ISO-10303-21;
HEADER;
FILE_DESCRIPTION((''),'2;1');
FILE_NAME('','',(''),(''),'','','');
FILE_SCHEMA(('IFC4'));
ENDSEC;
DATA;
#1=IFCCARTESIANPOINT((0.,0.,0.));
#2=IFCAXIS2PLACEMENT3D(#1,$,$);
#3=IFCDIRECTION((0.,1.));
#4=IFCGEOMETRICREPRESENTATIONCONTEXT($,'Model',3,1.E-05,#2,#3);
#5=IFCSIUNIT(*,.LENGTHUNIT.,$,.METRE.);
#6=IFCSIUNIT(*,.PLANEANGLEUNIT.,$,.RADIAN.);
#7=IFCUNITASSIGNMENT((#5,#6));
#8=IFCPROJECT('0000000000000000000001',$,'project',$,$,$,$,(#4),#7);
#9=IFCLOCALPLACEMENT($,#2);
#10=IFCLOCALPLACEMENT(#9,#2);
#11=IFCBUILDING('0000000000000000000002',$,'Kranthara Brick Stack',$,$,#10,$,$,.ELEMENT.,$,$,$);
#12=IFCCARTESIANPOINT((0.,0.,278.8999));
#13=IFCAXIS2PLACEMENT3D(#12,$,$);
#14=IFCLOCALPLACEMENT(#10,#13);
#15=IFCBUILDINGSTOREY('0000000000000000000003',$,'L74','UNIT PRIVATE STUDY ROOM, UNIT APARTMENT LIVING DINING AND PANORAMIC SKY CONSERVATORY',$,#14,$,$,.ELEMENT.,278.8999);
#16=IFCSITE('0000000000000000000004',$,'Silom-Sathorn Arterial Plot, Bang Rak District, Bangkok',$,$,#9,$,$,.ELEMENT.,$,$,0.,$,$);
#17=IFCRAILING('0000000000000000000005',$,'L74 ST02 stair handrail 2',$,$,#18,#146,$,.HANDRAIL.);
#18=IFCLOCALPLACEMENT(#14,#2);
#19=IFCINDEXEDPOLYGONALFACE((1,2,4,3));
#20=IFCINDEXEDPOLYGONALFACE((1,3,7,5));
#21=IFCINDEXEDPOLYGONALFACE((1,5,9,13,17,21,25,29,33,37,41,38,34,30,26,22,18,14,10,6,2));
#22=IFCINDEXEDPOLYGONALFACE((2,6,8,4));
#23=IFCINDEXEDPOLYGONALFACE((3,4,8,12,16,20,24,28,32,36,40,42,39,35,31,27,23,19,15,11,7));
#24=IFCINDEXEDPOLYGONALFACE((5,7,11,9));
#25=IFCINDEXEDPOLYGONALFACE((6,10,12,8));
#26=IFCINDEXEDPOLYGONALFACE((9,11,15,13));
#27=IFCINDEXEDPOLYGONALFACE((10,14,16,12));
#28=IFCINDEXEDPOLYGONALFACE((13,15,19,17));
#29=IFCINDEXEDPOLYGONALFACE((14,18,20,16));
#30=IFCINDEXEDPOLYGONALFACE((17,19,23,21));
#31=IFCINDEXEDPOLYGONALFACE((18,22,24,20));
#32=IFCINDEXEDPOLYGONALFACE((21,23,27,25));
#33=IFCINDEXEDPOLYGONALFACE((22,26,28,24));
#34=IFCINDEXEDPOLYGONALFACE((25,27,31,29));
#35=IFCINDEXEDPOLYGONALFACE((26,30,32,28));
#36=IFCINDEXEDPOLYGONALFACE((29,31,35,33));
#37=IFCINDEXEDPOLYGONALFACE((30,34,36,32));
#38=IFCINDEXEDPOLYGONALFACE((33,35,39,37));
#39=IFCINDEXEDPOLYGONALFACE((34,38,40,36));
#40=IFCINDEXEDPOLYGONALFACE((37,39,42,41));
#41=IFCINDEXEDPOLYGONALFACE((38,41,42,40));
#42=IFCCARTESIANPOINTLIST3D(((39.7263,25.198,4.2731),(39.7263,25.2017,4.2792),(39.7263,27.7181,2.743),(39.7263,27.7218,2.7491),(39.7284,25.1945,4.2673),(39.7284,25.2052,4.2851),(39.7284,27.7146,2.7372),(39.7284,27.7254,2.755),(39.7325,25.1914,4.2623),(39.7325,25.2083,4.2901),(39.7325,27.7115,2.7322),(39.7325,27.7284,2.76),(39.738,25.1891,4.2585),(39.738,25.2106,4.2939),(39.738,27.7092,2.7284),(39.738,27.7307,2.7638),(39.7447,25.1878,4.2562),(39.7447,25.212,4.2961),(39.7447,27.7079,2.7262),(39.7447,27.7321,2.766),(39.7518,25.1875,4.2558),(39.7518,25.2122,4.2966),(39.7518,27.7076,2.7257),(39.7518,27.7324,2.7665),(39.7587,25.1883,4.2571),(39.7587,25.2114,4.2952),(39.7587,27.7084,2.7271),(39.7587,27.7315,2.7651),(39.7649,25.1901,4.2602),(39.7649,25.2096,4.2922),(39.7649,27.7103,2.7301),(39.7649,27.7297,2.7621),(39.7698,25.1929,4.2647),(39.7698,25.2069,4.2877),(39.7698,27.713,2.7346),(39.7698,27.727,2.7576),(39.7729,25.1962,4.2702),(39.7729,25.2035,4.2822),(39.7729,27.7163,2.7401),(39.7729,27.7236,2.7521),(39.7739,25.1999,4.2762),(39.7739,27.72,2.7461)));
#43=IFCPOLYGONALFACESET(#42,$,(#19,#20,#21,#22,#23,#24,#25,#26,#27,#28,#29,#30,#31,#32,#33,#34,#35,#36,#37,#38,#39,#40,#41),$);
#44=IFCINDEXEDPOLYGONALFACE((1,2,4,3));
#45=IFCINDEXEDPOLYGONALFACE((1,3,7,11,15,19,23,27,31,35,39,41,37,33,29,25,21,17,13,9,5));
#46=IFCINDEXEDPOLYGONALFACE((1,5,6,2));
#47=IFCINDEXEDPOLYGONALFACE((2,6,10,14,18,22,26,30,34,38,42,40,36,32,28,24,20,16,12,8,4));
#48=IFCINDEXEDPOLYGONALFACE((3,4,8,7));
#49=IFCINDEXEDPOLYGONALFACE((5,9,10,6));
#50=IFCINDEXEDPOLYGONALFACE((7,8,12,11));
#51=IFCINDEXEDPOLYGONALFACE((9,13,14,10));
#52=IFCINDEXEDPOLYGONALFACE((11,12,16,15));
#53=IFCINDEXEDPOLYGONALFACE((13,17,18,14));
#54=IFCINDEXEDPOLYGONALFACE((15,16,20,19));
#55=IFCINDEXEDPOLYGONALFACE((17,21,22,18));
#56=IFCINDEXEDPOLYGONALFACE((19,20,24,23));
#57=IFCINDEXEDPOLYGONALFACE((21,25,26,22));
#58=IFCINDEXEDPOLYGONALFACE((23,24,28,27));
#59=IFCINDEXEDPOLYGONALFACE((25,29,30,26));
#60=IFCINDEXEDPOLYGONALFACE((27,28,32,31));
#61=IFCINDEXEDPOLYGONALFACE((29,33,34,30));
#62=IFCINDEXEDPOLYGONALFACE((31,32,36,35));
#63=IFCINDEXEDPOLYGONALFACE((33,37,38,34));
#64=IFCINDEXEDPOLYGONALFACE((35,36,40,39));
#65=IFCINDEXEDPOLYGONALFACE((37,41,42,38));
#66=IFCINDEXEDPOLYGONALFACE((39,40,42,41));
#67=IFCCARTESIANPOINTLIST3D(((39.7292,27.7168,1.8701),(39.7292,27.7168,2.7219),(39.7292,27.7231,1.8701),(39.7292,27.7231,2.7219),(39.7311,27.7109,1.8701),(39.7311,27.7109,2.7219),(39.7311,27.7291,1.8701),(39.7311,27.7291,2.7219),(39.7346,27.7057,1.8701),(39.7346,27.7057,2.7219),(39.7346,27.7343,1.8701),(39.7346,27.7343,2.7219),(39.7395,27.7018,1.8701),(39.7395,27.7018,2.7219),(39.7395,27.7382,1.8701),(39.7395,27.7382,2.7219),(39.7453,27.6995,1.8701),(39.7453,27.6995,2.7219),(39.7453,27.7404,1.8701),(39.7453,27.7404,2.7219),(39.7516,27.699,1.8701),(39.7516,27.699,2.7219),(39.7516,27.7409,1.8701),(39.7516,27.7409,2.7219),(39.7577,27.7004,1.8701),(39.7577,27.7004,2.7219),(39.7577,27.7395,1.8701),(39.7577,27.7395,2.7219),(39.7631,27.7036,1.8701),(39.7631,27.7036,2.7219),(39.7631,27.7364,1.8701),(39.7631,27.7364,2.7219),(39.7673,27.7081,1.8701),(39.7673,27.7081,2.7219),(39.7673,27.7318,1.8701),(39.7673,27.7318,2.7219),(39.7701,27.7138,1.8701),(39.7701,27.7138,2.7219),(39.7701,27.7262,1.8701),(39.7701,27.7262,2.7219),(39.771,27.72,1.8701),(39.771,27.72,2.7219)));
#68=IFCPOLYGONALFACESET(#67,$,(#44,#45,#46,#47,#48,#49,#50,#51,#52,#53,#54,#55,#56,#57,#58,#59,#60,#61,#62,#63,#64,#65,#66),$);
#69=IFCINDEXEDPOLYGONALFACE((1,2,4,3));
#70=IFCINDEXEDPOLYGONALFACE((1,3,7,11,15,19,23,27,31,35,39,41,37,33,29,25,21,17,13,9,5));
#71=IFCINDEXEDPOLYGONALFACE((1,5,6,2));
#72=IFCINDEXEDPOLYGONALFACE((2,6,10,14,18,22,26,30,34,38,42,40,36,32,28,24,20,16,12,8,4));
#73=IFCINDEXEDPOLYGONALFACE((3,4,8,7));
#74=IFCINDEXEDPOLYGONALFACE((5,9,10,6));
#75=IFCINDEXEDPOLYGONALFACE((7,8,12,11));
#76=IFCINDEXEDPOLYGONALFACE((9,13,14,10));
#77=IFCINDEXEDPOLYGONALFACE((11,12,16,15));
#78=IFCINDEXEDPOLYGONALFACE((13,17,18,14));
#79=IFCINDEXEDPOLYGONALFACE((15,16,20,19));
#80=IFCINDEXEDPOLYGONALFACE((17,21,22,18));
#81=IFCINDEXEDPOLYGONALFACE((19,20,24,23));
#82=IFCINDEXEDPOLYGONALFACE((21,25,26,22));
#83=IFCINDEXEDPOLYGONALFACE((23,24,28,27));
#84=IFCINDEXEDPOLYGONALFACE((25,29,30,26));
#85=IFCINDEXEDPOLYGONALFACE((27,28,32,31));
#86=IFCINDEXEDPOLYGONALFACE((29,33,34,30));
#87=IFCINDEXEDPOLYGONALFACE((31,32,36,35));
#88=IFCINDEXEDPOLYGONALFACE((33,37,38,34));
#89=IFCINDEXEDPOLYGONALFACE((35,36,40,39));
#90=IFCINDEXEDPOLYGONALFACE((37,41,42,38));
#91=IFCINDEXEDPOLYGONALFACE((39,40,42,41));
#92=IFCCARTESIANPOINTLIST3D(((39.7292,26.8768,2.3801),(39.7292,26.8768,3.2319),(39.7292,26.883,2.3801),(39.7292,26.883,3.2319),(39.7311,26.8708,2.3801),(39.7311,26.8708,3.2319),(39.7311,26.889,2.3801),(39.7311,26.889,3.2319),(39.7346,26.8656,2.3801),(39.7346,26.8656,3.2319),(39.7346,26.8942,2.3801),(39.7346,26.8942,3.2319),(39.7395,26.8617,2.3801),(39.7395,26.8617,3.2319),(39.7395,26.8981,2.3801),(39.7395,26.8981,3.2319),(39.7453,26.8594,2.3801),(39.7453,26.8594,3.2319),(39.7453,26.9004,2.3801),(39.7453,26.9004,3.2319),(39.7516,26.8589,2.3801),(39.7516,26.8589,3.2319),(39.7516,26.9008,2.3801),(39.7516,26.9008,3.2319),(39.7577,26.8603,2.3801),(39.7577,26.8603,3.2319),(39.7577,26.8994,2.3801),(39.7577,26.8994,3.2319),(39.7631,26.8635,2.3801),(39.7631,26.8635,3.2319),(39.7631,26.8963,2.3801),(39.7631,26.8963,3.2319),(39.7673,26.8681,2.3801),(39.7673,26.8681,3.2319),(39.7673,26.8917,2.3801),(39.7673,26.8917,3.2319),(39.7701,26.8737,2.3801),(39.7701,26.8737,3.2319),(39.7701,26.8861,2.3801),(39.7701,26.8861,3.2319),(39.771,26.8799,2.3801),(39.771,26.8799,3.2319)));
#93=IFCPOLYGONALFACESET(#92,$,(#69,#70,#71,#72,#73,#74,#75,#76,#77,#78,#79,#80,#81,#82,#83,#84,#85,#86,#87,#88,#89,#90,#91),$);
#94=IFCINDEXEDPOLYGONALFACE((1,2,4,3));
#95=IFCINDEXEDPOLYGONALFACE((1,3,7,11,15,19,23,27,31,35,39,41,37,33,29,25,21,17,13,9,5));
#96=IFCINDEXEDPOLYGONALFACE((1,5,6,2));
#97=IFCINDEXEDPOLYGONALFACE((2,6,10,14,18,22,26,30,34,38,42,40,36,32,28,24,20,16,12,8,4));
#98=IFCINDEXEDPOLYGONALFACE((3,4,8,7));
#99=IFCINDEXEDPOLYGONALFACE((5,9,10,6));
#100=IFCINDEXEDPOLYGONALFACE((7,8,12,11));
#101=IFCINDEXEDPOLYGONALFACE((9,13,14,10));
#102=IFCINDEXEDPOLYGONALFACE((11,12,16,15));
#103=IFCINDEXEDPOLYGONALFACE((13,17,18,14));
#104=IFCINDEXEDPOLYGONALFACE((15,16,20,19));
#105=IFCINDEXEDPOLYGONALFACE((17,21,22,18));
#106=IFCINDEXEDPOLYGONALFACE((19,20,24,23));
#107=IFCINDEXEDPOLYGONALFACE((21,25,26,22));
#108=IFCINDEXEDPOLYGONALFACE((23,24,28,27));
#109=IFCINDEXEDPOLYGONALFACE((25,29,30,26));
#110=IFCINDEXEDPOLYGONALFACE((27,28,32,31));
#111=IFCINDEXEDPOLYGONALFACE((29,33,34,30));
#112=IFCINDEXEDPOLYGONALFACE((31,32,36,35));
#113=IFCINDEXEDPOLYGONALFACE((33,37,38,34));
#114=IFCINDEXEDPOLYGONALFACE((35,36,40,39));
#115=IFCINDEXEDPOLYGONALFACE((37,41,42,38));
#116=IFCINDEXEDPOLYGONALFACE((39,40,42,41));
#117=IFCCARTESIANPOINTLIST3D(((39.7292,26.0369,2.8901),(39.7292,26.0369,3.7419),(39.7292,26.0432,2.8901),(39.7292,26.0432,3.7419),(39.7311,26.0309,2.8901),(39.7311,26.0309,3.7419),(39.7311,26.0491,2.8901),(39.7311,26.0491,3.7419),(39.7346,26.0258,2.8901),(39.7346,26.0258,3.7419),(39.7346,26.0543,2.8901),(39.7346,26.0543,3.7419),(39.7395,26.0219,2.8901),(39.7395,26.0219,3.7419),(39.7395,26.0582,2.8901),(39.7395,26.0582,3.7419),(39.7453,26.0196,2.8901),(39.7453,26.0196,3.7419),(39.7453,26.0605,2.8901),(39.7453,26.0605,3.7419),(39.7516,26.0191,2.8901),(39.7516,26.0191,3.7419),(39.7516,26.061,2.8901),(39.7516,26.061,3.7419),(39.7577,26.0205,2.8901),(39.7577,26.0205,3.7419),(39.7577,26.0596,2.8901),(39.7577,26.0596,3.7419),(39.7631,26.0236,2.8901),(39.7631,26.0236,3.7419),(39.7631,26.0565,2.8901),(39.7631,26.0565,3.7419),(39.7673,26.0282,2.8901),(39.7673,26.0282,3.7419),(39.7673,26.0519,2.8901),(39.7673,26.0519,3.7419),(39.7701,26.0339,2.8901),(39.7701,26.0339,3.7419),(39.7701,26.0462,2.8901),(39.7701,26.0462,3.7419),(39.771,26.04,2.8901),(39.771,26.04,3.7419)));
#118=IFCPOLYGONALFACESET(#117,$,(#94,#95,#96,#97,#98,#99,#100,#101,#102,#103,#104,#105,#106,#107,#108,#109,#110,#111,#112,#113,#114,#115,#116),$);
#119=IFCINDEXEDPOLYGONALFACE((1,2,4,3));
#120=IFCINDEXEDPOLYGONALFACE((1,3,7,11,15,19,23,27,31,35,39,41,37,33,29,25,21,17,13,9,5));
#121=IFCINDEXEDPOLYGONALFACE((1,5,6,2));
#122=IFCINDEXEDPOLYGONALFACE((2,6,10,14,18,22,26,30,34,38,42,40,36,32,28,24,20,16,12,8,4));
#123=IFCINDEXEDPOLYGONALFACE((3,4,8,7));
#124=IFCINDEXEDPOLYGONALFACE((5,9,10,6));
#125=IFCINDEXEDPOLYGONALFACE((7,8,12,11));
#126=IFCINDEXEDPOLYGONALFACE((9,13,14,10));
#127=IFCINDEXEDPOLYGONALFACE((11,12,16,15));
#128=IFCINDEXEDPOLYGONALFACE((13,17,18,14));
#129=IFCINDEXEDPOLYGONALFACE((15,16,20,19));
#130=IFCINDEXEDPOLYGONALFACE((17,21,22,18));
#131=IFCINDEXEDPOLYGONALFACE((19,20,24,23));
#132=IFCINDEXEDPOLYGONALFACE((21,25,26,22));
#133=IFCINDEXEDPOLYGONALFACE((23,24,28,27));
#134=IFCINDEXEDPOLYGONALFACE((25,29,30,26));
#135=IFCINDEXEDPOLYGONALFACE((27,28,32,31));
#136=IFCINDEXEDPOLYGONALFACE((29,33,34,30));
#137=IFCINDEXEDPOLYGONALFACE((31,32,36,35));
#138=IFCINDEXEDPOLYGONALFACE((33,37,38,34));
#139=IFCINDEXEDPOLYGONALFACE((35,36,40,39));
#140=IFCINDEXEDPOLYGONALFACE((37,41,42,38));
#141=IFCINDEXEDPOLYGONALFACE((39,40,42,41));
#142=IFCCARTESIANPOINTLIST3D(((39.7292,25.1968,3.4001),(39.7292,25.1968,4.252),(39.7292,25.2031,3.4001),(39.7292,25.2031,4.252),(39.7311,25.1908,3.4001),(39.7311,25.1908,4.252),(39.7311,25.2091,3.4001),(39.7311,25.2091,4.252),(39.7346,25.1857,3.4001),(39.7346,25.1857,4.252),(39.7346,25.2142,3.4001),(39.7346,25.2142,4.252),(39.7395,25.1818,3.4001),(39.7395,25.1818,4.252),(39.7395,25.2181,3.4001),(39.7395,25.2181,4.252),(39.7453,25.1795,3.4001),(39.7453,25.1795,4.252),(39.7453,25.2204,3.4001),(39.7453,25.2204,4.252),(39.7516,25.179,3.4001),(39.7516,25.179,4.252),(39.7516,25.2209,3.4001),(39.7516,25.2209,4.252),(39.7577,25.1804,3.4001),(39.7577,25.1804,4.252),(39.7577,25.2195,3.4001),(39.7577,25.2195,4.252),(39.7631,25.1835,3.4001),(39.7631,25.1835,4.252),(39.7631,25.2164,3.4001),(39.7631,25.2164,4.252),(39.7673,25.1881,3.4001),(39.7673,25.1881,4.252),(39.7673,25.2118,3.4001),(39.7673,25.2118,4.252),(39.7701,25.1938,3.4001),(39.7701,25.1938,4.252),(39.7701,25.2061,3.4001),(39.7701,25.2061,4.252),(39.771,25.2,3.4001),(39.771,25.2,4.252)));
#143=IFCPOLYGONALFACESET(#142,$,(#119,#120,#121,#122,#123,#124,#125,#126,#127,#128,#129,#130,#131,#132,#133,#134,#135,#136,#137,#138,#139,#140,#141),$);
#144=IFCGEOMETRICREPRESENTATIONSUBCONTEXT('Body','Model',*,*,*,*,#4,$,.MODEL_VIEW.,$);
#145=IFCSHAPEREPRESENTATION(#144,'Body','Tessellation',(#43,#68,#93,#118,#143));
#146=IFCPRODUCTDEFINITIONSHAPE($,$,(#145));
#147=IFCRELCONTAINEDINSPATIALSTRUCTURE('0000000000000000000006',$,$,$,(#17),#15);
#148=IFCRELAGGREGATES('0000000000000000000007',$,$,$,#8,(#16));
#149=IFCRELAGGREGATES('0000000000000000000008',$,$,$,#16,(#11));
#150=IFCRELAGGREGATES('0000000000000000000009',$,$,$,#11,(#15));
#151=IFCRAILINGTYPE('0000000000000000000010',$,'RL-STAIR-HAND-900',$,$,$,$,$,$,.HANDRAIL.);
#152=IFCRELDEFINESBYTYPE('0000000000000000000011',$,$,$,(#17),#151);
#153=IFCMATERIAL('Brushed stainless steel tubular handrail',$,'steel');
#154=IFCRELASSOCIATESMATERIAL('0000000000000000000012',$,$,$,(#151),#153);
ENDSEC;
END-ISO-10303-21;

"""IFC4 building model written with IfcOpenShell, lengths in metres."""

from ifc_helpers import new_model, si_unit, direction, frame, origin, origin_2d, place, context, subcontext, project, spatial, circle, extrude, material, type_object, element, save


model = new_model("IFC4")

# Units and contexts
model_context = context("Model", 3, precision=1e-05, world=origin(), true_north=direction((0.0, 1.0)))
body_context = subcontext(model_context, "Body", "Model", "MODEL_VIEW")
ifc_project = project(units=[si_unit("LENGTHUNIT", "METRE"), si_unit("PLANEANGLEUNIT", "RADIAN")], contexts=[model_context])

# Site, building, storey
site_placement = place(None, origin())
site = spatial("IfcSite", under=ifc_project, at=site_placement, Name="Silom-Sathorn Arterial Plot, Bang Rak District, Bangkok", CompositionType="ELEMENT", RefElevation=0.0)
building_placement = place(site_placement, origin())
building = spatial("IfcBuilding", under=site, at=building_placement, Name="Kranthara Brick Stack", CompositionType="ELEMENT")
storey_placement = place(building_placement, frame((0.0, 0.0, 278.8999)))
storey = spatial("IfcBuildingStorey", under=building, at=storey_placement, Name="L74", Description="UNIT PRIVATE STUDY ROOM, UNIT APARTMENT LIVING DINING AND PANORAMIC SKY CONSERVATORY", CompositionType="ELEMENT", Elevation=278.8999)

# Railing
ifc_material_1 = material(Name="Brushed stainless steel tubular handrail", Category="steel")
railing_type_1 = type_object("IfcRailingType", Name="RL-STAIR-HAND-900", PredefinedType="HANDRAIL", material=ifc_material_1)
railing_1_placement = place(storey_placement, frame((39.75, 27.72, 1.8701)))
element("IfcRailing", 1, at=railing_1_placement, inside=storey, type_object=railing_type_1, Name="L74 ST02 stair handrail 2", PredefinedType="HANDRAIL", context=body_context, shape_type="SweptSolid", body=[
    extrude(circle(Radius=0.0239, at=origin_2d()), frame((0.0, 0.0, 0.876), z_axis=(0.0, -0.854785, 0.518982), x_axis=(1.0, 0.0, 0.0)), (0.0, 0.0, 1.0), 2.9482),
    extrude(circle(Radius=0.021, at=origin_2d()), origin(), (0.0, 0.0, 1.0), 0.8518),
    extrude(circle(Radius=0.021, at=origin_2d()), frame((0.0, -0.8401, 0.51)), (0.0, 0.0, 1.0), 0.8518),
    extrude(circle(Radius=0.021, at=origin_2d()), frame((0.0, -1.6799, 1.02)), (0.0, 0.0, 1.0), 0.8518),
    extrude(circle(Radius=0.021, at=origin_2d()), frame((0.0, -2.52, 1.53)), (0.0, 0.0, 1.0), 0.8518),
])

save(model, "model.ifc")
